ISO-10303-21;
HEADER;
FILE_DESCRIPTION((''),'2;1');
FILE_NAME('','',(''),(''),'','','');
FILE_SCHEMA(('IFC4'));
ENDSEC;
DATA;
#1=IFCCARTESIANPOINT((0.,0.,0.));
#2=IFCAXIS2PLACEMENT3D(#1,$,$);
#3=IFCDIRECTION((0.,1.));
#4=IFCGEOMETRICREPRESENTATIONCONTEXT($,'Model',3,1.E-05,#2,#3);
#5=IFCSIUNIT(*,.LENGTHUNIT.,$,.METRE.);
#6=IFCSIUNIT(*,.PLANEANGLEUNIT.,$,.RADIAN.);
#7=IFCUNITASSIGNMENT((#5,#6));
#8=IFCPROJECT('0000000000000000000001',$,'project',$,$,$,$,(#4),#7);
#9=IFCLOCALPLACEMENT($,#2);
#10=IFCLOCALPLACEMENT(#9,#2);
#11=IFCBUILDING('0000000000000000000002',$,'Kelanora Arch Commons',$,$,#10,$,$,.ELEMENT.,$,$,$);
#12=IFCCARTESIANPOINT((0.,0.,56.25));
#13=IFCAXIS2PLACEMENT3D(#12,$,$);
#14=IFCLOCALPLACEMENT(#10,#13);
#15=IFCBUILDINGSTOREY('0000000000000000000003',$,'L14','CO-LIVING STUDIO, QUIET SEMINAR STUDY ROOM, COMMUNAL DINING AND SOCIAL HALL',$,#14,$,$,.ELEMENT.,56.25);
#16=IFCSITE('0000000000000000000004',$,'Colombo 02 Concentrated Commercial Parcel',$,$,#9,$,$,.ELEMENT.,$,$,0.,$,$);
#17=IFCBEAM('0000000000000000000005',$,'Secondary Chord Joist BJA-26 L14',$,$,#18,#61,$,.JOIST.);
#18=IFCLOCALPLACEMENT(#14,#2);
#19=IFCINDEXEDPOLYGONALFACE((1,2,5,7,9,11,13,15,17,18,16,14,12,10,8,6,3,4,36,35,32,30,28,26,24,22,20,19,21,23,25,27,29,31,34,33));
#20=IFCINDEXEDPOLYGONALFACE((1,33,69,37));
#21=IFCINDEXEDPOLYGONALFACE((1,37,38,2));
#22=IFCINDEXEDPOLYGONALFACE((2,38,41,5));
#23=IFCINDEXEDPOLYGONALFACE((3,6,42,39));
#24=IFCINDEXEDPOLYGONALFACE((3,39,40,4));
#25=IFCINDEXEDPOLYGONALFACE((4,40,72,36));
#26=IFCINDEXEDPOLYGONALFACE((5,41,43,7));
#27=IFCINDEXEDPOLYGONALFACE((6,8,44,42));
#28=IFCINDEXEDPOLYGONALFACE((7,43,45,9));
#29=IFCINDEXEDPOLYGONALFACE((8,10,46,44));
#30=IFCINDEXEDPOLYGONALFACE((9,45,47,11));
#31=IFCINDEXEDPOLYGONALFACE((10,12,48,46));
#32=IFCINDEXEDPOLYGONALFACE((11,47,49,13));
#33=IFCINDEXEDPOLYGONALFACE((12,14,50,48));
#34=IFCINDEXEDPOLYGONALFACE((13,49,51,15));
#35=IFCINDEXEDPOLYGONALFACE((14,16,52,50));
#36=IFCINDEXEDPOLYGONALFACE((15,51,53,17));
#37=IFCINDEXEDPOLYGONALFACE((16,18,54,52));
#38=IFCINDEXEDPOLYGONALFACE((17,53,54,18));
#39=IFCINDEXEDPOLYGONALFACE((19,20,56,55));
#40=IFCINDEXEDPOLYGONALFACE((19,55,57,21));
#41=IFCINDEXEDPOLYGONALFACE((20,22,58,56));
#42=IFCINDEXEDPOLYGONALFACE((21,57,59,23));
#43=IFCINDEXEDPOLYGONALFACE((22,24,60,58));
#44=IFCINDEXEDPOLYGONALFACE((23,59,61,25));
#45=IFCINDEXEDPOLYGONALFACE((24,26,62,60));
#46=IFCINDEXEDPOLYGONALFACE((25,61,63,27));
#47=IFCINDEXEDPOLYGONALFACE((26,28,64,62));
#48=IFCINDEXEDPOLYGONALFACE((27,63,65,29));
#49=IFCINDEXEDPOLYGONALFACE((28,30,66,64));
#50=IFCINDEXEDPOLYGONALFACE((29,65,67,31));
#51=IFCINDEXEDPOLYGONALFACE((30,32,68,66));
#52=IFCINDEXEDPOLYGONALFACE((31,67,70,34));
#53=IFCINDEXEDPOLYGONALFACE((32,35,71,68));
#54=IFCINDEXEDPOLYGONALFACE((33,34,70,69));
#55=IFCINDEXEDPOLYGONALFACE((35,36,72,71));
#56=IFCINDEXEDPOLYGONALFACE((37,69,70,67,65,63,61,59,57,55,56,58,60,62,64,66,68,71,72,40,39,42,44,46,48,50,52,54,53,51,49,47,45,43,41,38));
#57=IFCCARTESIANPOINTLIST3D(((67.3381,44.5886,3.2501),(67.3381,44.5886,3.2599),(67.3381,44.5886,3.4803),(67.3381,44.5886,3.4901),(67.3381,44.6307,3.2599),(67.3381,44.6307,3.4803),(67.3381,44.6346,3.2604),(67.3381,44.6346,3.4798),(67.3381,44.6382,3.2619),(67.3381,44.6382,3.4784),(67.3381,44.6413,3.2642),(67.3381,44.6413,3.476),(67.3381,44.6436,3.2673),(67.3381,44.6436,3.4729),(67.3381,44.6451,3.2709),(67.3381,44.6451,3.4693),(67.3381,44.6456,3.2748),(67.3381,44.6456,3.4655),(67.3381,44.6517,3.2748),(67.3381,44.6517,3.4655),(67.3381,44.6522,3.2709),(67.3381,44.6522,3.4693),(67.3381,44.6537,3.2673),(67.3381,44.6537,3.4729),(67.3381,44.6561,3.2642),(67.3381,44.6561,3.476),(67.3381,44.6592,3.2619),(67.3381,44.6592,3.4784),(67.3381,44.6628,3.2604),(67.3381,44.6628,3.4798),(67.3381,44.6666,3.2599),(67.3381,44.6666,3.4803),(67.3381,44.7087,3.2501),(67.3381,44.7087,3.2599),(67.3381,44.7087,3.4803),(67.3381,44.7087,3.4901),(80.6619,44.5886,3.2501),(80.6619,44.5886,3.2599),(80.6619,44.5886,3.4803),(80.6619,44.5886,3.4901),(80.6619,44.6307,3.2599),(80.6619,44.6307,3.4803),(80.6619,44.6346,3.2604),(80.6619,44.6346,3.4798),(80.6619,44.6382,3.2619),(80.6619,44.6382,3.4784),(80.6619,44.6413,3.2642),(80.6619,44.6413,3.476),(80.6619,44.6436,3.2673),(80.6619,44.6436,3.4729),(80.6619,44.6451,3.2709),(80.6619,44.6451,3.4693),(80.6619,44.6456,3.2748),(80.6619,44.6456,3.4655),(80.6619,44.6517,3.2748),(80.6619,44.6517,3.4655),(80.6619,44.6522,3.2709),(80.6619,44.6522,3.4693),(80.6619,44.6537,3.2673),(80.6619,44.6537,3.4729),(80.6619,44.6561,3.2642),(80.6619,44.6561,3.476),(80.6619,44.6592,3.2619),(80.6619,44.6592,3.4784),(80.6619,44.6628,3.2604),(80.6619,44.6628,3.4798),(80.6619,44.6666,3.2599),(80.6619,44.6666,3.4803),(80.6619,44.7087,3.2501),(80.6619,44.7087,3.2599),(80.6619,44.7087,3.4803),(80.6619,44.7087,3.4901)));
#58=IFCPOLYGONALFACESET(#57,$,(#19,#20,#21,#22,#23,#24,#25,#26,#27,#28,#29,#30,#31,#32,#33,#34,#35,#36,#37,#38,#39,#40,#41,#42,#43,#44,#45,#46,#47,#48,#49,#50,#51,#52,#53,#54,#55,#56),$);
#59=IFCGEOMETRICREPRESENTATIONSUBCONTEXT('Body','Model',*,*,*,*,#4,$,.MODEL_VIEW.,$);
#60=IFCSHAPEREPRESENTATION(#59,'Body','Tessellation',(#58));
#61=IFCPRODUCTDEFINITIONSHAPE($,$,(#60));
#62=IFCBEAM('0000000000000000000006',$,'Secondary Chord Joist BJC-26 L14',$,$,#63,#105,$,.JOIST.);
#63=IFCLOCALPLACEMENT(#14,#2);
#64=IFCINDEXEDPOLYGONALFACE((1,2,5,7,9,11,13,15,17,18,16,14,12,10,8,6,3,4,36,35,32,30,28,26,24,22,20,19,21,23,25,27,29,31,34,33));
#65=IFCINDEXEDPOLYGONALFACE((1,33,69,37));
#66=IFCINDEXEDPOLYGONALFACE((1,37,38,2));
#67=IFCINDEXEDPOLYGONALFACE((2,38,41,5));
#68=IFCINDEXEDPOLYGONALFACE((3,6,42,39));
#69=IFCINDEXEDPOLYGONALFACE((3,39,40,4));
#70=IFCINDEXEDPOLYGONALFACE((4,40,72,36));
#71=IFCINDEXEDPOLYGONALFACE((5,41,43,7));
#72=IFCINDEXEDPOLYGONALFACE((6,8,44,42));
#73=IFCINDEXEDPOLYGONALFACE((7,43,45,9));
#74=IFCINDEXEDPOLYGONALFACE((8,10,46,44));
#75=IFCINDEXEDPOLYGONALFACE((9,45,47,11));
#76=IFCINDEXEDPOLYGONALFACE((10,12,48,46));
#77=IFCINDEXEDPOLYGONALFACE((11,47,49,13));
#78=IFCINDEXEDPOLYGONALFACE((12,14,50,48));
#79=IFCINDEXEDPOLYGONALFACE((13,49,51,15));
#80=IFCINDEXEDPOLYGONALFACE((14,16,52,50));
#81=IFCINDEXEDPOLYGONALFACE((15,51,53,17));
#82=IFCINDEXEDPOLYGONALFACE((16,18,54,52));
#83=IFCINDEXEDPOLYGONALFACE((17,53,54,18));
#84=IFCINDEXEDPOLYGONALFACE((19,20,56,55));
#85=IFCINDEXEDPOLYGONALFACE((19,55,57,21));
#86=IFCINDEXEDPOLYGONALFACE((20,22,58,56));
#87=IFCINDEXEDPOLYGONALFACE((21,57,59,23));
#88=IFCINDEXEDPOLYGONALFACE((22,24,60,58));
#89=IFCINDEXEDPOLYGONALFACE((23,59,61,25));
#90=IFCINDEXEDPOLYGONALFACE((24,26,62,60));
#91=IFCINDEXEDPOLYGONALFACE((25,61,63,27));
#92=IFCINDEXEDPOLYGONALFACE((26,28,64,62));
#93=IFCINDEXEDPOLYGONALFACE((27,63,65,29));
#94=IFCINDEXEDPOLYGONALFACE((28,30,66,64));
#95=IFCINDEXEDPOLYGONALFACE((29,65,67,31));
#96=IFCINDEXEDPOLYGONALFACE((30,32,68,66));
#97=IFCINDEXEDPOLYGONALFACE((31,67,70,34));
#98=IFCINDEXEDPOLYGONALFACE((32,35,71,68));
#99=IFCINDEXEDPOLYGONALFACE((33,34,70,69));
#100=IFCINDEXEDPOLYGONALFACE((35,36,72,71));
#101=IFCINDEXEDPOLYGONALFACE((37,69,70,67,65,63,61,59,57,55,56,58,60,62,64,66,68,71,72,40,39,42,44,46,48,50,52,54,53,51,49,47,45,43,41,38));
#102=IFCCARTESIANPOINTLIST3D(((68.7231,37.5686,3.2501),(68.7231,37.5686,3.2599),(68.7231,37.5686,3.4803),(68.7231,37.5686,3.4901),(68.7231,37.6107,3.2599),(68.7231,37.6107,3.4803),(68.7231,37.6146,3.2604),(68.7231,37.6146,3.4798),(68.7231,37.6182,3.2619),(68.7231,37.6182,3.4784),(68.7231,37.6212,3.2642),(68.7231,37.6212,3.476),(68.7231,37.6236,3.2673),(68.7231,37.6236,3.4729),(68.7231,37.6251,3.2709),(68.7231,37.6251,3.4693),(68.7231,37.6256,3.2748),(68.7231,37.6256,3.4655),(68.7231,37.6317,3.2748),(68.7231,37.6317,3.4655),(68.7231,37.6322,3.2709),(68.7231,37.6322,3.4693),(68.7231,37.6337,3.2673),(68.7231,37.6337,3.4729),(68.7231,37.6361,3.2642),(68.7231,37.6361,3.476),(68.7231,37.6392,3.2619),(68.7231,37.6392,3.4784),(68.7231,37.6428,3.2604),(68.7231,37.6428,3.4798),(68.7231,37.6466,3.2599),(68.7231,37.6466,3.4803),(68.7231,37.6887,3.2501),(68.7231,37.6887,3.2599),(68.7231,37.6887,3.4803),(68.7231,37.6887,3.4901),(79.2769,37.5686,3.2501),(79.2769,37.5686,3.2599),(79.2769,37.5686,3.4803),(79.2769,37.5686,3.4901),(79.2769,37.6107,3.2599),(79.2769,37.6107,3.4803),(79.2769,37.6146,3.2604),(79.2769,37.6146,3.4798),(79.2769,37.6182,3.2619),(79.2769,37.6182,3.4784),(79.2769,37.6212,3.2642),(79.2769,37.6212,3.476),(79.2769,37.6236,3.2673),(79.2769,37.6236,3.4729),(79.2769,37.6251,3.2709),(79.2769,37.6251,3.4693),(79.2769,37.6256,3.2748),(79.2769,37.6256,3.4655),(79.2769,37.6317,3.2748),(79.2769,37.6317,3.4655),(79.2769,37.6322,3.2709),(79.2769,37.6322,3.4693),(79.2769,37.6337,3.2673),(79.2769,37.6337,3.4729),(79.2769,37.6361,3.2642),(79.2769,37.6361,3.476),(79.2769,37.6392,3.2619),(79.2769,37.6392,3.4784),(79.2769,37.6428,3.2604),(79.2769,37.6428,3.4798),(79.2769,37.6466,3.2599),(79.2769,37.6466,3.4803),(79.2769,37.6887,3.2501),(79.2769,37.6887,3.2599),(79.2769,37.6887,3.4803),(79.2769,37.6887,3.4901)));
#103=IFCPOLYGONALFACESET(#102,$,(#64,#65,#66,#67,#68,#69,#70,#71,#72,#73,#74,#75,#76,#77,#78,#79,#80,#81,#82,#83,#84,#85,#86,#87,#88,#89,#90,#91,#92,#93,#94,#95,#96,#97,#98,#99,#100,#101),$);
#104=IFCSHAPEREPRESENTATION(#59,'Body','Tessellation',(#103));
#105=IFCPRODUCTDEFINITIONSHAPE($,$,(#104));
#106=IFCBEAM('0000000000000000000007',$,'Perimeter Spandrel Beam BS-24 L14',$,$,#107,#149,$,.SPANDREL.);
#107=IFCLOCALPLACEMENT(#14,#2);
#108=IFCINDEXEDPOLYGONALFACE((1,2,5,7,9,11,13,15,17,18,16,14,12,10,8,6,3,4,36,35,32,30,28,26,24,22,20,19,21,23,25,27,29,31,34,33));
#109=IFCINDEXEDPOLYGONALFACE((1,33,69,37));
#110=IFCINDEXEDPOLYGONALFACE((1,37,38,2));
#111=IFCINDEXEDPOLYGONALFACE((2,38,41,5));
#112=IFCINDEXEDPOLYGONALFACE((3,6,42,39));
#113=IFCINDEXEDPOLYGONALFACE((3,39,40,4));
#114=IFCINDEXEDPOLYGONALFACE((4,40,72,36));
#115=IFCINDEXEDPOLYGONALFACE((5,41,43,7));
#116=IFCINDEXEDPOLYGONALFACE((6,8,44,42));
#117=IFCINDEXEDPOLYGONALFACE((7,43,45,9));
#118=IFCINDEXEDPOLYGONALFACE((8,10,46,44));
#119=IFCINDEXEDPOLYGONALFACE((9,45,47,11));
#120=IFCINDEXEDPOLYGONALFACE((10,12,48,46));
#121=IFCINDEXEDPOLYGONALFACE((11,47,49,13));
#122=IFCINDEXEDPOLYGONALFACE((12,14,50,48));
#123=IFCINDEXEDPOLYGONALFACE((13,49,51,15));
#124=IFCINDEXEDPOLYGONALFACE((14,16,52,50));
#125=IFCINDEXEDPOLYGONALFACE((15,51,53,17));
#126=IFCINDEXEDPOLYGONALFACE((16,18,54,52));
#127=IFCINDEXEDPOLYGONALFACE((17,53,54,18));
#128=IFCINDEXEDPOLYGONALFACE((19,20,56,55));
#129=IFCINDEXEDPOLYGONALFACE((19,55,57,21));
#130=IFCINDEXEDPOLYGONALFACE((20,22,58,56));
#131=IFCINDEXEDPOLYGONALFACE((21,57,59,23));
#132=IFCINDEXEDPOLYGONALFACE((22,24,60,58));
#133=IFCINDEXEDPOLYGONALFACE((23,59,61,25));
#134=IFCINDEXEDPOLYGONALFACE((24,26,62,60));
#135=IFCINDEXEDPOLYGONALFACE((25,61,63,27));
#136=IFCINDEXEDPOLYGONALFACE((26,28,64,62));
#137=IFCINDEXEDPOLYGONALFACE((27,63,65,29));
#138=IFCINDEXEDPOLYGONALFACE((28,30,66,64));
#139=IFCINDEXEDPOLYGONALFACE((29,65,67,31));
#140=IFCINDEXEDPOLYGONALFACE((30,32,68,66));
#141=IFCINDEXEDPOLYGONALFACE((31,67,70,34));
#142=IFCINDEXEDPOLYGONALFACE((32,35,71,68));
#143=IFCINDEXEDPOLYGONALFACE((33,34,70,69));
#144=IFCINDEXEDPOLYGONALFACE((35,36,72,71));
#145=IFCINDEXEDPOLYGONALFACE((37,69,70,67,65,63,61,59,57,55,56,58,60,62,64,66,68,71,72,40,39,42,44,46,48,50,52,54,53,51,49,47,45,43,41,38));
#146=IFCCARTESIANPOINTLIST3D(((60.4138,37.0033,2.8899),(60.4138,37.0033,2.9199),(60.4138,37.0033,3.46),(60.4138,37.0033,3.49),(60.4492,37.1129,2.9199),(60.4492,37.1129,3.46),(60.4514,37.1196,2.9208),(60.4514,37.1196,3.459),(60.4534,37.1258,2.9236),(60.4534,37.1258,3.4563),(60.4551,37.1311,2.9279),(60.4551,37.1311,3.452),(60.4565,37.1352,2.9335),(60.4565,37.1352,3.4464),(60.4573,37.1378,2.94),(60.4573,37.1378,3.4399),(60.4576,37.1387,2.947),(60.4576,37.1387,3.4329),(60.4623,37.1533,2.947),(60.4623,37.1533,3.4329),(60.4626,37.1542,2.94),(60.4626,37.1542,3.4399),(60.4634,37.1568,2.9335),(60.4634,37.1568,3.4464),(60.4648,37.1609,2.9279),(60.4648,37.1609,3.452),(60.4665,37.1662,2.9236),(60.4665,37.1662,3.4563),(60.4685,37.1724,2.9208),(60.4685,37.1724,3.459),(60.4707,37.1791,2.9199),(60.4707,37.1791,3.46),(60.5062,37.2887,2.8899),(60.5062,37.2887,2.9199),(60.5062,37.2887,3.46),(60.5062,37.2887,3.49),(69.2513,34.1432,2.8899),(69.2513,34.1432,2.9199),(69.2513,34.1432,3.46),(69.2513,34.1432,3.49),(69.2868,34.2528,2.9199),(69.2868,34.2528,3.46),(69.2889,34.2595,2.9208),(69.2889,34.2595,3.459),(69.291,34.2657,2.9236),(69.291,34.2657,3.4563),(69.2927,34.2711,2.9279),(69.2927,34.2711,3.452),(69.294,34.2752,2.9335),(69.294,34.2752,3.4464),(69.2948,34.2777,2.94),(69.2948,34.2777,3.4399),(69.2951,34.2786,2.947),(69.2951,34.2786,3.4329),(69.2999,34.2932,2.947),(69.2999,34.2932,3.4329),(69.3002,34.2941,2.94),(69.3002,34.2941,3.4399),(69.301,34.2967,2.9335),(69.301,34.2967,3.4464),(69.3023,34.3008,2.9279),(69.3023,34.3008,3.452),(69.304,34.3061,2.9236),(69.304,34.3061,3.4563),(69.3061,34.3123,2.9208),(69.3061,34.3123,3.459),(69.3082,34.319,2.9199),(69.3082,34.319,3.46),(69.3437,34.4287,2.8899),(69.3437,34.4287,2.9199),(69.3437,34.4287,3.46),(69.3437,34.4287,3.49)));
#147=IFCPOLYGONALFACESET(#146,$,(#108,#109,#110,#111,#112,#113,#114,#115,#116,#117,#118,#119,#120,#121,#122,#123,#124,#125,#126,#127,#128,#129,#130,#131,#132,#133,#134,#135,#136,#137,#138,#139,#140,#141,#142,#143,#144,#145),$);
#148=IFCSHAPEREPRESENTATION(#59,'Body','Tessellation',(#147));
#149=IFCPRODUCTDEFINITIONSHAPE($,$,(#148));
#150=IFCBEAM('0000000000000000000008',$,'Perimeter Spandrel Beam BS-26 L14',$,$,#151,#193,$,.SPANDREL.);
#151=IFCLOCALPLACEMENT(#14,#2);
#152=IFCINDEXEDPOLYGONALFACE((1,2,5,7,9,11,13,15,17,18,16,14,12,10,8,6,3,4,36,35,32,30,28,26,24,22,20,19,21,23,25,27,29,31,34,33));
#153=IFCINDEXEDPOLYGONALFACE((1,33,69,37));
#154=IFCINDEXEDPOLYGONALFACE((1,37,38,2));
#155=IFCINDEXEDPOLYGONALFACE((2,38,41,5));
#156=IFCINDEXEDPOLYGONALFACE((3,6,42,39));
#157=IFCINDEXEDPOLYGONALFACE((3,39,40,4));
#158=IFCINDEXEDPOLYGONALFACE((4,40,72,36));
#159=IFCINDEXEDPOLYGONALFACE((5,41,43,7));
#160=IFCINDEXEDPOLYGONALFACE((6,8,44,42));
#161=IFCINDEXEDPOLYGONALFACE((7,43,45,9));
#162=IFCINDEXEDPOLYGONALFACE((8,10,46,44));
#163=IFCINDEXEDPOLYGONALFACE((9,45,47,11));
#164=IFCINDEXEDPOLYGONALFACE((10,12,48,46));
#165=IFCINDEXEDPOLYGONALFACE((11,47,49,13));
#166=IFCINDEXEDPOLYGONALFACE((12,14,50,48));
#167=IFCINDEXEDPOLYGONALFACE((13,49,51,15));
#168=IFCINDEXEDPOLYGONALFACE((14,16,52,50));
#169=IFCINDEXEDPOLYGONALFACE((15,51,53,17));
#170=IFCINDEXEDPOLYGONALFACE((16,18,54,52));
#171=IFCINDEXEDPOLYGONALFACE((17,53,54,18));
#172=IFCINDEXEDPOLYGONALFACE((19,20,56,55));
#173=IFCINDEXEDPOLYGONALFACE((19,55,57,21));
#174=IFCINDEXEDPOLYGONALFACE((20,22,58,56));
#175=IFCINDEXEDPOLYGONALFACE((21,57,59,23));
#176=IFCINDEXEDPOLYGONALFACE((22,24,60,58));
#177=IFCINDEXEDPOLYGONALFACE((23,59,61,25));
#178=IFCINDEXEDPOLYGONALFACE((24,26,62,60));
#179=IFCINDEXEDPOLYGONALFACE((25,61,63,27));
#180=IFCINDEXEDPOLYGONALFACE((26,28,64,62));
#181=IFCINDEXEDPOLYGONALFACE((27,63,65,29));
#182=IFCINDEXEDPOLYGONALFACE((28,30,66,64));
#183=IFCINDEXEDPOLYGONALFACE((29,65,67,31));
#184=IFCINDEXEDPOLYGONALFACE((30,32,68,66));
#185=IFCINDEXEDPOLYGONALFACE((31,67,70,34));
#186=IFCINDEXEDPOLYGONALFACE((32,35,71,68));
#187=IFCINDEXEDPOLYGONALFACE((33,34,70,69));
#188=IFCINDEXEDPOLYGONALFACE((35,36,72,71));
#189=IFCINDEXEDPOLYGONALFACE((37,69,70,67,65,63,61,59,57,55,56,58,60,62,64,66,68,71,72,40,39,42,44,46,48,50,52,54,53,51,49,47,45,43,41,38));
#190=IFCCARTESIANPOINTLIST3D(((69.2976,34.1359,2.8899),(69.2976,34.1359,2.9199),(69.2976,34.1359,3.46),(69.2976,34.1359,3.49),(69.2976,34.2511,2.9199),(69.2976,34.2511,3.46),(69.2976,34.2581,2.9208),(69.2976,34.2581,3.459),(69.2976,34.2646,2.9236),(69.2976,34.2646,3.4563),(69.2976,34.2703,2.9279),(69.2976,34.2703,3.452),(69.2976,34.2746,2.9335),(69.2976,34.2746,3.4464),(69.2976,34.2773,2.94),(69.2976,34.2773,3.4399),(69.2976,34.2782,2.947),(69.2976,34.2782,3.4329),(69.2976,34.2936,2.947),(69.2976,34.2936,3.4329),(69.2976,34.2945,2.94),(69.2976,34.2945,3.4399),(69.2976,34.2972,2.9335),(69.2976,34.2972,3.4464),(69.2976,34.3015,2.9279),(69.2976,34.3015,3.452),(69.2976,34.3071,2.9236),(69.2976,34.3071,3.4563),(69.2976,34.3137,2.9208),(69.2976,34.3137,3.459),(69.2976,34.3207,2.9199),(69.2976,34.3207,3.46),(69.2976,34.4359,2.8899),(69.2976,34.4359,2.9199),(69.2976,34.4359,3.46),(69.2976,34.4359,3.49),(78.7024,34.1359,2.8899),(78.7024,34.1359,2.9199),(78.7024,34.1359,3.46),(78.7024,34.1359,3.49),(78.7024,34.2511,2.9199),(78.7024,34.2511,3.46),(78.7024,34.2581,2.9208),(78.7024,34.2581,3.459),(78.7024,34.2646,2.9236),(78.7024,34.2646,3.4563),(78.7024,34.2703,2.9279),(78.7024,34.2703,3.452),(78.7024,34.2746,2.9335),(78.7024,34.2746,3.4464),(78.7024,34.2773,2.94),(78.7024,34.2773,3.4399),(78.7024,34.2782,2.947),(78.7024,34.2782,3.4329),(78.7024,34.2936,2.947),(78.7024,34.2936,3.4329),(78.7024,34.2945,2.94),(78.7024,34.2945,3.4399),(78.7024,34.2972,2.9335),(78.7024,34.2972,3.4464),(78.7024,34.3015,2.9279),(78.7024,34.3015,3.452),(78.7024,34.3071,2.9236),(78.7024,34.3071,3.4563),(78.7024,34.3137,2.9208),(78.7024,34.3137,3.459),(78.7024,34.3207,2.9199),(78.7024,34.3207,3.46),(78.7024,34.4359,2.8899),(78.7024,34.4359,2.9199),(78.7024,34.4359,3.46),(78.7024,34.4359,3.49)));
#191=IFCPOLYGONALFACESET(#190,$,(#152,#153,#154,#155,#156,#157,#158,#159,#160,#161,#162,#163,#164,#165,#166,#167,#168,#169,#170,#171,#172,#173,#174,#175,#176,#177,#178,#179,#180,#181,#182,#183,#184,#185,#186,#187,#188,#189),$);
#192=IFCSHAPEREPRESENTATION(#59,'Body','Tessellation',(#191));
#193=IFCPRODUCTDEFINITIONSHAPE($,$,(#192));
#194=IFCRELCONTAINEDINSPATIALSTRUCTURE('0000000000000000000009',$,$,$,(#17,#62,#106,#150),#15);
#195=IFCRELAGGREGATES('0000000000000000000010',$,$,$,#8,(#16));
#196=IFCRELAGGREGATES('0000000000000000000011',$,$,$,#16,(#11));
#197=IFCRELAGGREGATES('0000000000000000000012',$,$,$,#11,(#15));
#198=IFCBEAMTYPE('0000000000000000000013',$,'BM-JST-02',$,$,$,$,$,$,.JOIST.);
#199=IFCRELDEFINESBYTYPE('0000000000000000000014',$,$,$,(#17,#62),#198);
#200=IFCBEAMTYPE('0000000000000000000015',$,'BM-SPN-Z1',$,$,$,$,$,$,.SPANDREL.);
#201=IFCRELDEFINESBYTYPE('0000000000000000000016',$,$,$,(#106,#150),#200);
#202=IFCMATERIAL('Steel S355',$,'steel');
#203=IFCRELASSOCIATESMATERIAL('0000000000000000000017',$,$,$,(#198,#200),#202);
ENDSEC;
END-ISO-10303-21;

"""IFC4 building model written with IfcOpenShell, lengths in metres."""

from ifc_helpers import new_model, si_unit, direction, frame, origin, origin_2d, place, context, subcontext, project, spatial, i_section, extrude, material, material_profile, profile_set, type_object, element, save


model = new_model("IFC4")

# Units and contexts
model_context = context("Model", 3, precision=1e-05, world=origin(), true_north=direction((0.0, 1.0)))
body_context = subcontext(model_context, "Body", "Model", "MODEL_VIEW")
ifc_project = project(units=[si_unit("LENGTHUNIT", "METRE"), si_unit("PLANEANGLEUNIT", "RADIAN")], contexts=[model_context])

# Site, building, storey
site_placement = place(None, origin())
site = spatial("IfcSite", under=ifc_project, at=site_placement, Name="Colombo 02 Concentrated Commercial Parcel", CompositionType="ELEMENT", RefElevation=0.0)
building_placement = place(site_placement, origin())
building = spatial("IfcBuilding", under=site, at=building_placement, Name="Kelanora Arch Commons", CompositionType="ELEMENT")
storey_placement = place(building_placement, frame((0.0, 0.0, 56.25)))
storey = spatial("IfcBuildingStorey", under=building, at=storey_placement, Name="L14", Description="CO-LIVING STUDIO, QUIET SEMINAR STUDY ROOM, COMMUNAL DINING AND SOCIAL HALL", CompositionType="ELEMENT", Elevation=56.25)

# Beams
ifc_material_1 = material(Name="Steel S355", Category="steel")
ifc_material_profile_1 = material_profile(ifc_material_1, i_section(OverallWidth=0.1201, OverallDepth=0.24, WebThickness=0.0061, FlangeThickness=0.0098, FilletRadius=0.0149, at=origin_2d()), Name="IPE240")
ifc_profile_set_1 = profile_set([ifc_material_profile_1], Name="Steel S355")
beam_type_1 = type_object("IfcBeamType", Name="BM-JST-02", PredefinedType="JOIST", material=ifc_profile_set_1)
beam_1_placement = place(storey_placement, frame((67.3381, 44.6487, 3.3701), z_axis=(1.0, 0.0, 0.0), x_axis=(0.0, 1.0, 0.0)))
element("IfcBeam", 1, at=beam_1_placement, inside=storey, type_object=beam_type_1, Name="Secondary Chord Joist BJA-26 L14", PredefinedType="JOIST", context=body_context, shape_type="SweptSolid", body=[
    extrude(i_section(OverallWidth=0.1201, OverallDepth=0.24, WebThickness=0.0061, FlangeThickness=0.0098, FilletRadius=0.0149, at=origin_2d()), origin(), (0.0, 0.0, 1.0), 13.3237),
])
beam_2_placement = place(storey_placement, frame((68.7231, 37.6287, 3.3701), z_axis=(1.0, 0.0, 0.0), x_axis=(0.0, 1.0, 0.0)))
element("IfcBeam", 2, at=beam_2_placement, inside=storey, type_object=beam_type_1, Name="Secondary Chord Joist BJC-26 L14", PredefinedType="JOIST", context=body_context, shape_type="SweptSolid", body=[
    extrude(i_section(OverallWidth=0.1201, OverallDepth=0.24, WebThickness=0.0061, FlangeThickness=0.0098, FilletRadius=0.0149, at=origin_2d()), origin(), (0.0, 0.0, 1.0), 10.5537),
])
ifc_material_profile_2 = material_profile(ifc_material_1, i_section(OverallWidth=0.3, OverallDepth=0.6001, WebThickness=0.0154, FlangeThickness=0.03, FilletRadius=0.0271, at=origin_2d()), Name="HEB600")
ifc_profile_set_2 = profile_set([ifc_material_profile_2], Name="Steel S355")
beam_type_2 = type_object("IfcBeamType", Name="BM-SPN-Z1", PredefinedType="SPANDREL", material=ifc_profile_set_2)
beam_3_placement = place(storey_placement, frame((60.46, 37.146, 3.1899), z_axis=(0.951417, -0.307905, 0.0), x_axis=(0.307905, 0.951417, 0.0)))
element("IfcBeam", 3, at=beam_3_placement, inside=storey, type_object=beam_type_2, Name="Perimeter Spandrel Beam BS-24 L14", PredefinedType="SPANDREL", context=body_context, shape_type="SweptSolid", body=[
    extrude(i_section(OverallWidth=0.3, OverallDepth=0.6001, WebThickness=0.0154, FlangeThickness=0.03, FilletRadius=0.0271, at=origin_2d()), origin(), (0.0, 0.0, 1.0), 9.2888),
])
beam_4_placement = place(storey_placement, frame((69.2976, 34.2859, 3.1899), z_axis=(1.0, 0.0, 0.0), x_axis=(0.0, 1.0, 0.0)))
element("IfcBeam", 4, at=beam_4_placement, inside=storey, type_object=beam_type_2, Name="Perimeter Spandrel Beam BS-26 L14", PredefinedType="SPANDREL", context=body_context, shape_type="SweptSolid", body=[
    extrude(i_section(OverallWidth=0.3, OverallDepth=0.6001, WebThickness=0.0154, FlangeThickness=0.03, FilletRadius=0.0271, at=origin_2d()), origin(), (0.0, 0.0, 1.0), 9.4048),
])

save(model, "model.ifc")
